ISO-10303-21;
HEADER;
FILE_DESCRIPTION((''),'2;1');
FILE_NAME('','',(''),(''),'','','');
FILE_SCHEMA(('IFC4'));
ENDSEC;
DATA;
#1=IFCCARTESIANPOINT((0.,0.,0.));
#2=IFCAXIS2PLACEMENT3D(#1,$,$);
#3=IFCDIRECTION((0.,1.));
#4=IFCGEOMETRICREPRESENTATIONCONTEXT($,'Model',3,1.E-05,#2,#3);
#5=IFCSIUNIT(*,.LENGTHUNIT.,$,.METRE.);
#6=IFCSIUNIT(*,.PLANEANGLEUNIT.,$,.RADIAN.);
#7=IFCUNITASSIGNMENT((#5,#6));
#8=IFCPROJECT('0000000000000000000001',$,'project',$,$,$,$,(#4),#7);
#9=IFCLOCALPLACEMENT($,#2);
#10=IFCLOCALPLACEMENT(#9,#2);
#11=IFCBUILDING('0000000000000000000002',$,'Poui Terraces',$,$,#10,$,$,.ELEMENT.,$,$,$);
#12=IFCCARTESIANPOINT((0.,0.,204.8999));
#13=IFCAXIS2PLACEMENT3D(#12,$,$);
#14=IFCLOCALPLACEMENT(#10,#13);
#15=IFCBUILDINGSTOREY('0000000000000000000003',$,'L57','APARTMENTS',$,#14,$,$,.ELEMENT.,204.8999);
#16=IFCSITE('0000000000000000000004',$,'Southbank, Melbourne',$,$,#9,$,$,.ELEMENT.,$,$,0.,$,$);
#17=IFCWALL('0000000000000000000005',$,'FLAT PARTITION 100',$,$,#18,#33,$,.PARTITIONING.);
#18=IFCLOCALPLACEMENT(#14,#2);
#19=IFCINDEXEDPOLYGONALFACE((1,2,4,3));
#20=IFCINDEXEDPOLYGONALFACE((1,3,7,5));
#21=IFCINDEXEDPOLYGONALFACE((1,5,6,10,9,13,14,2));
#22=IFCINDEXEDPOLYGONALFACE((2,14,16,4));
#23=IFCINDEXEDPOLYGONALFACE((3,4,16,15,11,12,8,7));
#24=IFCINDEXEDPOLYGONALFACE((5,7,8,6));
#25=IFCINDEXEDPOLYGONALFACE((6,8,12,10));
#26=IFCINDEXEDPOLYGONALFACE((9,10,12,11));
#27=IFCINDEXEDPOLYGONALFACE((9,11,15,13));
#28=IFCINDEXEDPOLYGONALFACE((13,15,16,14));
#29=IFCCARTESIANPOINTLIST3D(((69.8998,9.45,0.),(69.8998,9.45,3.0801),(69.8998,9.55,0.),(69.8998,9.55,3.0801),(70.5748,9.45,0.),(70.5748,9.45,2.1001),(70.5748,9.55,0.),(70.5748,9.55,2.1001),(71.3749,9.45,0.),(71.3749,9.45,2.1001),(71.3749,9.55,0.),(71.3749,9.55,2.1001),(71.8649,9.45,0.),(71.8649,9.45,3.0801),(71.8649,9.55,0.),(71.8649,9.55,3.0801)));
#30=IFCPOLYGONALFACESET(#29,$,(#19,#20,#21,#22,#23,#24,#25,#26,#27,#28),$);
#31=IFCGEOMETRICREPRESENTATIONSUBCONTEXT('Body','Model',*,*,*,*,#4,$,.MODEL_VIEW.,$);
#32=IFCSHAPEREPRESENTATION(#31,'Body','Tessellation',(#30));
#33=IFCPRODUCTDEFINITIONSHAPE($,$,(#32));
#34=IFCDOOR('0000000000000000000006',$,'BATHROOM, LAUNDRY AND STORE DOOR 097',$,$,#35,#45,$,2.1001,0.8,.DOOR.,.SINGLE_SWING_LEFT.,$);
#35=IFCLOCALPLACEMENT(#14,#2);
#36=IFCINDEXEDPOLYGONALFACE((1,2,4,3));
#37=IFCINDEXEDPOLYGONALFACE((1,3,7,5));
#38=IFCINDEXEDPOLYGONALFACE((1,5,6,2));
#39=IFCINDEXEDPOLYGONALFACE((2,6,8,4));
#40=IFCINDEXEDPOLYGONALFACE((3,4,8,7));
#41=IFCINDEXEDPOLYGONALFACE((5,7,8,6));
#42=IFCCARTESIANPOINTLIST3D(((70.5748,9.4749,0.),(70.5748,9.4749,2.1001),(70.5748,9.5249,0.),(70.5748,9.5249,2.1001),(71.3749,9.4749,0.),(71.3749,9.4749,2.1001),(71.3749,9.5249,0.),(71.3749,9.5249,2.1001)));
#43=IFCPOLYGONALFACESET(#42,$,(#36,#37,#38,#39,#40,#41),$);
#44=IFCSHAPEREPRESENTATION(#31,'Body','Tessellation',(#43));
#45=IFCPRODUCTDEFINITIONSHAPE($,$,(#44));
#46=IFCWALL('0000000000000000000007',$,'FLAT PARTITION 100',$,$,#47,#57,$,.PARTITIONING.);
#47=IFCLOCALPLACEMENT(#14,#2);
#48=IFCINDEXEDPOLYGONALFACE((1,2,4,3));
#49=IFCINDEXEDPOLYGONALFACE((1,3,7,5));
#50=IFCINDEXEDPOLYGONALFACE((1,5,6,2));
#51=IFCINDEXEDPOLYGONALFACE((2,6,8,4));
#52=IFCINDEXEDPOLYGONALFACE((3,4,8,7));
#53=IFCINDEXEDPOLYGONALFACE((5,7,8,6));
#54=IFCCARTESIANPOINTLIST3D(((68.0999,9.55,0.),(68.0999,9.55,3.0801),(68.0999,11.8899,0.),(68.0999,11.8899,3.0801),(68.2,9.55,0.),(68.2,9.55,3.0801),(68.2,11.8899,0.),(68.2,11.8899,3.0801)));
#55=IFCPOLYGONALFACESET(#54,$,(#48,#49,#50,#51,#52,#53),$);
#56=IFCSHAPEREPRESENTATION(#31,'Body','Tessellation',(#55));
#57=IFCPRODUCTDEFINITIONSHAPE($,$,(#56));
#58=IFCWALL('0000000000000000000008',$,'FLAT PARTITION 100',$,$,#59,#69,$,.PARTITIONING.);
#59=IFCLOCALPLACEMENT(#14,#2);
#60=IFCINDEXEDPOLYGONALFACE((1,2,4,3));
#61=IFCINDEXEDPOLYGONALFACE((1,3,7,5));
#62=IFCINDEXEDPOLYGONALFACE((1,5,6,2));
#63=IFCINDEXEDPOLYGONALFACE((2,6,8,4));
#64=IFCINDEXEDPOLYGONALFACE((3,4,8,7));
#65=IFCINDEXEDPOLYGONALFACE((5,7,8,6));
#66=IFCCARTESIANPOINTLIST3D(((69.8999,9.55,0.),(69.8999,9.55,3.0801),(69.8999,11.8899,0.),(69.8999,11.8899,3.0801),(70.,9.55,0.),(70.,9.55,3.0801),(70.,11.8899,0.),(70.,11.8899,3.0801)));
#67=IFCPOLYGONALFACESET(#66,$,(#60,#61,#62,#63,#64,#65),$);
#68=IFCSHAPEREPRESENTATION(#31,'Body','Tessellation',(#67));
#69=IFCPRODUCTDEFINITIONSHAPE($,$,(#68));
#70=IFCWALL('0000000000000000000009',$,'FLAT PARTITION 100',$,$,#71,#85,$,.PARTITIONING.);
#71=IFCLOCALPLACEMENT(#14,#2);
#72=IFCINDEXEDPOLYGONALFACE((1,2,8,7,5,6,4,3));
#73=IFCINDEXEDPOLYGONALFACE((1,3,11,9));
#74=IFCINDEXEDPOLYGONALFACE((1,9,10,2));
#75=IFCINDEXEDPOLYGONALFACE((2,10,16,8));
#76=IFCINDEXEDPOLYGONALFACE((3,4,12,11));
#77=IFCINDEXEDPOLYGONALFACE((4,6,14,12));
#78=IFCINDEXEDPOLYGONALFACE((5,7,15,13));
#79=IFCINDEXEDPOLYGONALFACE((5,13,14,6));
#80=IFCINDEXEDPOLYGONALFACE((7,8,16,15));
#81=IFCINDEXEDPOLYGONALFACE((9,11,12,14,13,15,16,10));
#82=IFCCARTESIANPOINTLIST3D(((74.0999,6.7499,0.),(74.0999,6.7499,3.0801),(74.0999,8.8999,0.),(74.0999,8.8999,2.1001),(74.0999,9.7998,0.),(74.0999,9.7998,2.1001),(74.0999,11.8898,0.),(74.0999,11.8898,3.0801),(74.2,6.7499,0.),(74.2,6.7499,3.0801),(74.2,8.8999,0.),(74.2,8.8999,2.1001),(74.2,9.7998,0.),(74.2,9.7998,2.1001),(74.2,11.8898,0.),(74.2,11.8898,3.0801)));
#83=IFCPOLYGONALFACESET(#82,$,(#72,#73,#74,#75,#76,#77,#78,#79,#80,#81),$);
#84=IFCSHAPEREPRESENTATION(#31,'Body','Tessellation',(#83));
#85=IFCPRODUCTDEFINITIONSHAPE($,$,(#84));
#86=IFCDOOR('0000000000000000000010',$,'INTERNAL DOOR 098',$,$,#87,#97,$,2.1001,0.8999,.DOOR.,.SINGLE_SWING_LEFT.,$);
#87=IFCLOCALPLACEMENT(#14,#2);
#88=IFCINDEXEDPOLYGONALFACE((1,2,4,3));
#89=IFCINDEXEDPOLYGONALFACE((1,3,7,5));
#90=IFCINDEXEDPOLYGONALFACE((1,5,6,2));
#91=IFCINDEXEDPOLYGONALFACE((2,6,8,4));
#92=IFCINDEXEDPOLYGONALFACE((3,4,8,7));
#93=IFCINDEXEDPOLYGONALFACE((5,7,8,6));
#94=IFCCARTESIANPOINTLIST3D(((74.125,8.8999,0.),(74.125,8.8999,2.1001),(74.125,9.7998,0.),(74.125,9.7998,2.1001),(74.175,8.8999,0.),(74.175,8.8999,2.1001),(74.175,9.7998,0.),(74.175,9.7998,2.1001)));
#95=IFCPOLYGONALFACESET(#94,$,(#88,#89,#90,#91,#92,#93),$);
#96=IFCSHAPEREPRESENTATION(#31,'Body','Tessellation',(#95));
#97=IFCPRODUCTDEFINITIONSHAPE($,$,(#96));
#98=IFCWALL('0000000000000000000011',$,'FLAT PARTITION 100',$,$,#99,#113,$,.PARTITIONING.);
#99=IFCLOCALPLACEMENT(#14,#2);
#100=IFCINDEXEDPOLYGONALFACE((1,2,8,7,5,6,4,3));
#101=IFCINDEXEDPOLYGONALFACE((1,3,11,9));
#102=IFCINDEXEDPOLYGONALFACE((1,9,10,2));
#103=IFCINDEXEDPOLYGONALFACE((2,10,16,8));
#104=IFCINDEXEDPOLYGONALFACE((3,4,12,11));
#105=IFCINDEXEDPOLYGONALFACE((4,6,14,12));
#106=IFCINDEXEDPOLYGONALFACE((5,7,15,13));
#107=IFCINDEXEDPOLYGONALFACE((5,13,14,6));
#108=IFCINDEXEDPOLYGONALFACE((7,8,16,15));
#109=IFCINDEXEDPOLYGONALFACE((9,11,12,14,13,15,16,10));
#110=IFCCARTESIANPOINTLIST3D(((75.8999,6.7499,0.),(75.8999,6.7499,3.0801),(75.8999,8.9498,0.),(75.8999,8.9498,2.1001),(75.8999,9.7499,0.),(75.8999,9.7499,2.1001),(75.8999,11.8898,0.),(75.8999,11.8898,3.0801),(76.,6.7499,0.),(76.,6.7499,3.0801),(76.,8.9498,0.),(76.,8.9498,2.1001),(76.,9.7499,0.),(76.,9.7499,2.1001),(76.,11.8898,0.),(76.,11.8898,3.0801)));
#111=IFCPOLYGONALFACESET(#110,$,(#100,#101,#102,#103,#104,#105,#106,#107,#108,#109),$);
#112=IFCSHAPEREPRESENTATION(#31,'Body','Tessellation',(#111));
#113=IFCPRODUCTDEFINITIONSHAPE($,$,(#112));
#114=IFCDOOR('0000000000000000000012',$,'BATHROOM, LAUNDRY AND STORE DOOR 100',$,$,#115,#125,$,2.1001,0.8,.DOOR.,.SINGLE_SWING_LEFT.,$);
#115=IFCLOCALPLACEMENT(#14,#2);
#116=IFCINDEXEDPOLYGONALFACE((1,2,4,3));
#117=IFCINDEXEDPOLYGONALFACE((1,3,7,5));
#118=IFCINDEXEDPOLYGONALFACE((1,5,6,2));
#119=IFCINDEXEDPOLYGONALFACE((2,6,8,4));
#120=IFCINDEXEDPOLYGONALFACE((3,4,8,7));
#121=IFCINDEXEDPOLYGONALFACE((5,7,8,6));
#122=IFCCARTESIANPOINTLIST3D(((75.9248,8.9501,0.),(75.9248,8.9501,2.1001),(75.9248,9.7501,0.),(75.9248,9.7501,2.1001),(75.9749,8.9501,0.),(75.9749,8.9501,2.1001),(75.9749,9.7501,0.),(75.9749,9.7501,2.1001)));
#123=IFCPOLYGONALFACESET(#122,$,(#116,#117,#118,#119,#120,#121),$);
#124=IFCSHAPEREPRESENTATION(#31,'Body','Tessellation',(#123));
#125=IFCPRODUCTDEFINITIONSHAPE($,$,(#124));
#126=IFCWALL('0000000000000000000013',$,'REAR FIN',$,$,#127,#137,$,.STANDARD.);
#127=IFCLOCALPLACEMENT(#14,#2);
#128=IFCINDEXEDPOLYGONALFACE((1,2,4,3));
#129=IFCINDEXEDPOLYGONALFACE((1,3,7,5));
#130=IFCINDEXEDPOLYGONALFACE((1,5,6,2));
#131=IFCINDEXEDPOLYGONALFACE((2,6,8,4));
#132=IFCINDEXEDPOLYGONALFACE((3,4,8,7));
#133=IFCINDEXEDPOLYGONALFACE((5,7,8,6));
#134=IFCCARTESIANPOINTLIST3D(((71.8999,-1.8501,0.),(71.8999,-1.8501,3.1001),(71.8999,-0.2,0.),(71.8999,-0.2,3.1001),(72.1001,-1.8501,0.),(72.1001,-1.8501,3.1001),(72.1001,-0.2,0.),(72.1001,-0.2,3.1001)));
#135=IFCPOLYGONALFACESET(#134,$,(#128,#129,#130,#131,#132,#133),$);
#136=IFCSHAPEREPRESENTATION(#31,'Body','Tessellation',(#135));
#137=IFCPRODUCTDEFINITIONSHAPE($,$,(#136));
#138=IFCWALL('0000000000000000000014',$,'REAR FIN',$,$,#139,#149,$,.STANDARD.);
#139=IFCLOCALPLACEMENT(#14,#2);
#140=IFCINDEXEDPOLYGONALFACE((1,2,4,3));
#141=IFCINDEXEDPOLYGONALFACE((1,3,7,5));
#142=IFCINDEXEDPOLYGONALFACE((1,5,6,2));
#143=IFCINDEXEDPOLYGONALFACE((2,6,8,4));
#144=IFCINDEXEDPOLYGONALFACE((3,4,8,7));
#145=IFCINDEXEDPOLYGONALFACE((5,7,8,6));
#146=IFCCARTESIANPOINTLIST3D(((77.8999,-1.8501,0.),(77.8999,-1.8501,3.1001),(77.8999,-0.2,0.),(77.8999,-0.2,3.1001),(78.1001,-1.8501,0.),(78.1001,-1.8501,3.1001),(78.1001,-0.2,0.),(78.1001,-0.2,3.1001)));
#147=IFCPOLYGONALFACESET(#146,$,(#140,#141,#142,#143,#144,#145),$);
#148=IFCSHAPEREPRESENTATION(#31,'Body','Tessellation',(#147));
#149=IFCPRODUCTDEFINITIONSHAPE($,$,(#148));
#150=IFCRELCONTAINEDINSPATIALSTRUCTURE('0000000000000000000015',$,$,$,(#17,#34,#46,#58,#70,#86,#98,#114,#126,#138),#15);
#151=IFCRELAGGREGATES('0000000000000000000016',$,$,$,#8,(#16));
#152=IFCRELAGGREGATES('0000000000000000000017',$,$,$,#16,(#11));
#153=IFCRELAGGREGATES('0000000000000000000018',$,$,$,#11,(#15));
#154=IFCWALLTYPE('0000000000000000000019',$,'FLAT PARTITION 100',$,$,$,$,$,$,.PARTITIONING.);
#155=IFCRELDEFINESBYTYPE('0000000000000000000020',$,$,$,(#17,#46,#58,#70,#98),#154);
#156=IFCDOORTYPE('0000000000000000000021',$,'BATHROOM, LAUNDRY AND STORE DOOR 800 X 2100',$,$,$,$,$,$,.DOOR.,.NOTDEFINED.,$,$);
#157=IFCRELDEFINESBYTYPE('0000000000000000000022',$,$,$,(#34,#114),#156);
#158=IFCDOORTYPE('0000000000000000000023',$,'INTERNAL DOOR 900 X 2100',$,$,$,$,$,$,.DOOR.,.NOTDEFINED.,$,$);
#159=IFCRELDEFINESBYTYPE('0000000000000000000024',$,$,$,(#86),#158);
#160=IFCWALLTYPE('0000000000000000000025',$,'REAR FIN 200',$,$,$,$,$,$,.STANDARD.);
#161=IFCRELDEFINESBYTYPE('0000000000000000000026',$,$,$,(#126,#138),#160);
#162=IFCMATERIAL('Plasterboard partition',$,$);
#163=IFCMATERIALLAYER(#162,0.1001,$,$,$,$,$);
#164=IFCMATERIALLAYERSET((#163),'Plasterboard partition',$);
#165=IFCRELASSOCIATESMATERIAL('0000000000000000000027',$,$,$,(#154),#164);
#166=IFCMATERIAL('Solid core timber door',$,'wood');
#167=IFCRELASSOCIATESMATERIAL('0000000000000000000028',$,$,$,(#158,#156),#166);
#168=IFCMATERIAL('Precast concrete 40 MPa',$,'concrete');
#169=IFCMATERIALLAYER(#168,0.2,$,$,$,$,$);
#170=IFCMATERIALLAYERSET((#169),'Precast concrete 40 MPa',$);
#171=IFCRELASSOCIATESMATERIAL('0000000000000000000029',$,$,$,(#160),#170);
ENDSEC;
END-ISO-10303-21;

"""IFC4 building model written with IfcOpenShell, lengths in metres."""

from ifc_helpers import new_model, si_unit, direction, frame, frame_2d, origin, place, context, subcontext, project, spatial, polyline, rectangle, outline, extrude, source, transform, mapped, material, layer, layer_set, type_object, element, fill, save


model = new_model("IFC4")

# Units and contexts
model_context = context("Model", 3, precision=1e-05, world=origin(), true_north=direction((0.0, 1.0)))
body_context = subcontext(model_context, "Body", "Model", "MODEL_VIEW")
ifc_project = project(units=[si_unit("LENGTHUNIT", "METRE"), si_unit("PLANEANGLEUNIT", "RADIAN")], contexts=[model_context])

# Site, building, storey
site_placement = place(None, origin())
site = spatial("IfcSite", under=ifc_project, at=site_placement, Name="Southbank, Melbourne", CompositionType="ELEMENT", RefElevation=0.0)
building_placement = place(site_placement, origin())
building = spatial("IfcBuilding", under=site, at=building_placement, Name="Poui Terraces", CompositionType="ELEMENT")
storey_placement = place(building_placement, frame((0.0, 0.0, 204.8999)))
storey = spatial("IfcBuildingStorey", under=building, at=storey_placement, Name="L57", Description="APARTMENTS", CompositionType="ELEMENT", Elevation=204.8999)

# Shared definitions
ifc_material_1 = material(Name="Precast concrete 40 MPa", Category="concrete")

# Shared definitions
ifc_material_2 = material(Name="Plasterboard partition")
ifc_layer_1 = layer(ifc_material_2, 0.1001)
ifc_layer_set_1 = layer_set([ifc_layer_1], Name="Plasterboard partition")
wall_type_1 = type_object("IfcWallType", Name="FLAT PARTITION 100", PredefinedType="PARTITIONING", material=ifc_layer_set_1)

# Wall, opening, door
ifc_material_3 = material(Name="Solid core timber door", Category="wood")
door_type_1 = type_object("IfcDoorType", Name="INTERNAL DOOR 900 X 2100", OperationType="NOTDEFINED", PredefinedType="DOOR", material=ifc_material_3)
wall_1_placement = place(storey_placement, frame((69.8999, 9.5, 0.0), z_axis=(0.0, 0.0, 1.0), x_axis=(1.0, 0.0, 0.0)))
wall_1 = element("IfcWall", 1, at=wall_1_placement, inside=storey, type_object=wall_type_1, Name="FLAT PARTITION 100", PredefinedType="PARTITIONING", context=body_context, shape_type="SweptSolid", body=[
    extrude(rectangle(XDim=1.9651, YDim=0.1001, at=frame_2d((0.9824, 0.0))), origin(), (0.0, 0.0, 1.0), 3.0801),
])
opening_1_placement = place(wall_1_placement, frame((0.675, 0.0, 0.0)))
opening_1 = element("IfcOpeningElement", 2, at=opening_1_placement, cuts=wall_1, PredefinedType="OPENING", context=body_context, shape_type="SweptSolid", body=[
    extrude(rectangle(XDim=0.8, YDim=2.1001, at=frame_2d((0.3999, 1.05))), frame((0.0, 0.0601, 0.0), z_axis=(0.0, -1.0, 0.0), x_axis=(1.0, 0.0, 0.0)), (0.0, 0.0, 1.0), 0.1201),
])
door_type_2 = type_object("IfcDoorType", Name="BATHROOM, LAUNDRY AND STORE DOOR 800 X 2100", OperationType="NOTDEFINED", PredefinedType="DOOR", material=ifc_material_3)
door_1_placement = place(opening_1_placement, origin())
door_1 = element("IfcDoor", 3, at=door_1_placement, inside=storey, type_object=door_type_2, Name="BATHROOM, LAUNDRY AND STORE DOOR 097", OperationType="SINGLE_SWING_LEFT", OverallHeight=2.1001, OverallWidth=0.8, PredefinedType="DOOR", context=body_context, shape_type="SweptSolid", body=[
    extrude(rectangle(XDim=0.8, YDim=2.1001, at=frame_2d((0.3999, 1.05))), frame((0.0, 0.0249, 0.0), z_axis=(0.0, -1.0, 0.0), x_axis=(1.0, 0.0, 0.0)), (0.0, 0.0, 1.0), 0.05),
])
fill(opening_1, door_1)

# Walls
for number, where, z_axis, x_axis, name in (
    (4, (68.1499, 9.55, 0.0), (0.0, 0.0, 1.0), (0.0, 1.0, 0.0), "FLAT PARTITION 100"),
    (5, (69.95, 9.55, 0.0), (0.0, 0.0, 1.0), (0.0, 1.0, 0.0), "FLAT PARTITION 100"),
):
    element("IfcWall", number, at=place(storey_placement, frame(where, z_axis=z_axis, x_axis=x_axis)), inside=storey, type_object=wall_type_1, Name=name, PredefinedType="PARTITIONING", context=body_context, shape_type="SweptSolid", body=[
        extrude(rectangle(XDim=2.3398, YDim=0.1001, at=frame_2d((1.1699, 0.0))), origin(), (0.0, 0.0, 1.0), 3.0801),
    ])

# Walls, openings, doors
wall_2_placement = place(storey_placement, frame((74.1499, 6.75, 0.0), z_axis=(0.0, 0.0, 1.0), x_axis=(0.0, 1.0, 0.0)))
wall_2 = element("IfcWall", 6, at=wall_2_placement, inside=storey, type_object=wall_type_1, Name="FLAT PARTITION 100", PredefinedType="PARTITIONING", context=body_context, shape_type="SweptSolid", body=[
    extrude(rectangle(XDim=5.1399, YDim=0.1001, at=frame_2d((2.5698, 0.0))), origin(), (0.0, 0.0, 1.0), 3.0801),
])
opening_2_placement = place(wall_2_placement, frame((2.1499, 0.0, 0.0)))
opening_2 = element("IfcOpeningElement", 7, at=opening_2_placement, cuts=wall_2, PredefinedType="OPENING", context=body_context, shape_type="SweptSolid", body=[
    extrude(rectangle(XDim=0.8999, YDim=2.1001, at=frame_2d((0.45, 1.05))), frame((0.0, 0.0601, 0.0), z_axis=(0.0, -1.0, 0.0), x_axis=(1.0, 0.0, 0.0)), (0.0, 0.0, 1.0), 0.1201),
])
door_2_placement = place(opening_2_placement, origin())
door_2 = element("IfcDoor", 8, at=door_2_placement, inside=storey, type_object=door_type_1, Name="INTERNAL DOOR 098", OperationType="SINGLE_SWING_LEFT", OverallHeight=2.1001, OverallWidth=0.8999, PredefinedType="DOOR", context=body_context, shape_type="SweptSolid", body=[
    extrude(rectangle(XDim=0.8999, YDim=2.1001, at=frame_2d((0.45, 1.05))), frame((0.0, 0.0249, 0.0), z_axis=(0.0, -1.0, 0.0), x_axis=(1.0, 0.0, 0.0)), (0.0, 0.0, 1.0), 0.05),
])
fill(opening_2, door_2)
wall_3_placement = place(storey_placement, frame((75.95, 6.75, 0.0), z_axis=(0.0, 0.0, 1.0), x_axis=(0.0, 1.0, 0.0)))
wall_3 = element("IfcWall", 9, at=wall_3_placement, inside=storey, type_object=wall_type_1, Name="FLAT PARTITION 100", PredefinedType="PARTITIONING", context=body_context, shape_type="SweptSolid", body=[
    extrude(rectangle(XDim=5.1399, YDim=0.1001, at=frame_2d((2.5698, 0.0))), origin(), (0.0, 0.0, 1.0), 3.0801),
])
opening_3_placement = place(wall_3_placement, frame((2.2, 0.0, 0.0)))
opening_3 = element("IfcOpeningElement", 10, at=opening_3_placement, cuts=wall_3, PredefinedType="OPENING", context=body_context, shape_type="SweptSolid", body=[
    extrude(rectangle(XDim=0.8, YDim=2.1001, at=frame_2d((0.3999, 1.05))), frame((0.0, 0.0601, 0.0), z_axis=(0.0, -1.0, 0.0), x_axis=(1.0, 0.0, 0.0)), (0.0, 0.0, 1.0), 0.1201),
])
door_3_placement = place(opening_3_placement, frame((0.8, 0.0, 0.0), z_axis=(0.0, 0.0, 1.0), x_axis=(-1.0, 0.0, 0.0)))
door_3 = element("IfcDoor", 11, at=door_3_placement, inside=storey, type_object=door_type_2, Name="BATHROOM, LAUNDRY AND STORE DOOR 100", OperationType="SINGLE_SWING_LEFT", OverallHeight=2.1001, OverallWidth=0.8, PredefinedType="DOOR", context=body_context, shape_type="SweptSolid", body=[
    extrude(rectangle(XDim=0.8, YDim=2.1001, at=frame_2d((0.3999, 1.05))), frame((0.0, 0.0249, 0.0), z_axis=(0.0, -1.0, 0.0), x_axis=(1.0, 0.0, 0.0)), (0.0, 0.0, 1.0), 0.05),
])
fill(opening_3, door_3)

# Walls
ifc_layer_2 = layer(ifc_material_1, 0.2)
ifc_layer_set_2 = layer_set([ifc_layer_2], Name="Precast concrete 40 MPa")
wall_type_2 = type_object("IfcWallType", Name="REAR FIN 200", PredefinedType="STANDARD", material=ifc_layer_set_2)
shared_shape_1 = source(origin(), body_context, "Body", "SweptSolid", [
    extrude(outline(polyline([(0.0, 0.0), (0.2002, 0.0), (0.2002, 1.6501), (0.0, 1.6501), (0.0, 0.0)])), origin(), (0.0, 0.0, 1.0), 3.1001),
])
for number, where, name in (
    (12, (71.8999, -1.8501, 0.0), "REAR FIN"),
    (13, (77.8999, -1.8501, 0.0), "REAR FIN"),
):
    element("IfcWall", number, at=place(storey_placement, frame(where)), inside=storey, type_object=wall_type_2, Name=name, PredefinedType="STANDARD", context=body_context, shape_type="MappedRepresentation", body=[
        mapped(shared_shape_1, transform((0.0, 0.0, 0.0))),
    ])

save(model, "model.ifc")
